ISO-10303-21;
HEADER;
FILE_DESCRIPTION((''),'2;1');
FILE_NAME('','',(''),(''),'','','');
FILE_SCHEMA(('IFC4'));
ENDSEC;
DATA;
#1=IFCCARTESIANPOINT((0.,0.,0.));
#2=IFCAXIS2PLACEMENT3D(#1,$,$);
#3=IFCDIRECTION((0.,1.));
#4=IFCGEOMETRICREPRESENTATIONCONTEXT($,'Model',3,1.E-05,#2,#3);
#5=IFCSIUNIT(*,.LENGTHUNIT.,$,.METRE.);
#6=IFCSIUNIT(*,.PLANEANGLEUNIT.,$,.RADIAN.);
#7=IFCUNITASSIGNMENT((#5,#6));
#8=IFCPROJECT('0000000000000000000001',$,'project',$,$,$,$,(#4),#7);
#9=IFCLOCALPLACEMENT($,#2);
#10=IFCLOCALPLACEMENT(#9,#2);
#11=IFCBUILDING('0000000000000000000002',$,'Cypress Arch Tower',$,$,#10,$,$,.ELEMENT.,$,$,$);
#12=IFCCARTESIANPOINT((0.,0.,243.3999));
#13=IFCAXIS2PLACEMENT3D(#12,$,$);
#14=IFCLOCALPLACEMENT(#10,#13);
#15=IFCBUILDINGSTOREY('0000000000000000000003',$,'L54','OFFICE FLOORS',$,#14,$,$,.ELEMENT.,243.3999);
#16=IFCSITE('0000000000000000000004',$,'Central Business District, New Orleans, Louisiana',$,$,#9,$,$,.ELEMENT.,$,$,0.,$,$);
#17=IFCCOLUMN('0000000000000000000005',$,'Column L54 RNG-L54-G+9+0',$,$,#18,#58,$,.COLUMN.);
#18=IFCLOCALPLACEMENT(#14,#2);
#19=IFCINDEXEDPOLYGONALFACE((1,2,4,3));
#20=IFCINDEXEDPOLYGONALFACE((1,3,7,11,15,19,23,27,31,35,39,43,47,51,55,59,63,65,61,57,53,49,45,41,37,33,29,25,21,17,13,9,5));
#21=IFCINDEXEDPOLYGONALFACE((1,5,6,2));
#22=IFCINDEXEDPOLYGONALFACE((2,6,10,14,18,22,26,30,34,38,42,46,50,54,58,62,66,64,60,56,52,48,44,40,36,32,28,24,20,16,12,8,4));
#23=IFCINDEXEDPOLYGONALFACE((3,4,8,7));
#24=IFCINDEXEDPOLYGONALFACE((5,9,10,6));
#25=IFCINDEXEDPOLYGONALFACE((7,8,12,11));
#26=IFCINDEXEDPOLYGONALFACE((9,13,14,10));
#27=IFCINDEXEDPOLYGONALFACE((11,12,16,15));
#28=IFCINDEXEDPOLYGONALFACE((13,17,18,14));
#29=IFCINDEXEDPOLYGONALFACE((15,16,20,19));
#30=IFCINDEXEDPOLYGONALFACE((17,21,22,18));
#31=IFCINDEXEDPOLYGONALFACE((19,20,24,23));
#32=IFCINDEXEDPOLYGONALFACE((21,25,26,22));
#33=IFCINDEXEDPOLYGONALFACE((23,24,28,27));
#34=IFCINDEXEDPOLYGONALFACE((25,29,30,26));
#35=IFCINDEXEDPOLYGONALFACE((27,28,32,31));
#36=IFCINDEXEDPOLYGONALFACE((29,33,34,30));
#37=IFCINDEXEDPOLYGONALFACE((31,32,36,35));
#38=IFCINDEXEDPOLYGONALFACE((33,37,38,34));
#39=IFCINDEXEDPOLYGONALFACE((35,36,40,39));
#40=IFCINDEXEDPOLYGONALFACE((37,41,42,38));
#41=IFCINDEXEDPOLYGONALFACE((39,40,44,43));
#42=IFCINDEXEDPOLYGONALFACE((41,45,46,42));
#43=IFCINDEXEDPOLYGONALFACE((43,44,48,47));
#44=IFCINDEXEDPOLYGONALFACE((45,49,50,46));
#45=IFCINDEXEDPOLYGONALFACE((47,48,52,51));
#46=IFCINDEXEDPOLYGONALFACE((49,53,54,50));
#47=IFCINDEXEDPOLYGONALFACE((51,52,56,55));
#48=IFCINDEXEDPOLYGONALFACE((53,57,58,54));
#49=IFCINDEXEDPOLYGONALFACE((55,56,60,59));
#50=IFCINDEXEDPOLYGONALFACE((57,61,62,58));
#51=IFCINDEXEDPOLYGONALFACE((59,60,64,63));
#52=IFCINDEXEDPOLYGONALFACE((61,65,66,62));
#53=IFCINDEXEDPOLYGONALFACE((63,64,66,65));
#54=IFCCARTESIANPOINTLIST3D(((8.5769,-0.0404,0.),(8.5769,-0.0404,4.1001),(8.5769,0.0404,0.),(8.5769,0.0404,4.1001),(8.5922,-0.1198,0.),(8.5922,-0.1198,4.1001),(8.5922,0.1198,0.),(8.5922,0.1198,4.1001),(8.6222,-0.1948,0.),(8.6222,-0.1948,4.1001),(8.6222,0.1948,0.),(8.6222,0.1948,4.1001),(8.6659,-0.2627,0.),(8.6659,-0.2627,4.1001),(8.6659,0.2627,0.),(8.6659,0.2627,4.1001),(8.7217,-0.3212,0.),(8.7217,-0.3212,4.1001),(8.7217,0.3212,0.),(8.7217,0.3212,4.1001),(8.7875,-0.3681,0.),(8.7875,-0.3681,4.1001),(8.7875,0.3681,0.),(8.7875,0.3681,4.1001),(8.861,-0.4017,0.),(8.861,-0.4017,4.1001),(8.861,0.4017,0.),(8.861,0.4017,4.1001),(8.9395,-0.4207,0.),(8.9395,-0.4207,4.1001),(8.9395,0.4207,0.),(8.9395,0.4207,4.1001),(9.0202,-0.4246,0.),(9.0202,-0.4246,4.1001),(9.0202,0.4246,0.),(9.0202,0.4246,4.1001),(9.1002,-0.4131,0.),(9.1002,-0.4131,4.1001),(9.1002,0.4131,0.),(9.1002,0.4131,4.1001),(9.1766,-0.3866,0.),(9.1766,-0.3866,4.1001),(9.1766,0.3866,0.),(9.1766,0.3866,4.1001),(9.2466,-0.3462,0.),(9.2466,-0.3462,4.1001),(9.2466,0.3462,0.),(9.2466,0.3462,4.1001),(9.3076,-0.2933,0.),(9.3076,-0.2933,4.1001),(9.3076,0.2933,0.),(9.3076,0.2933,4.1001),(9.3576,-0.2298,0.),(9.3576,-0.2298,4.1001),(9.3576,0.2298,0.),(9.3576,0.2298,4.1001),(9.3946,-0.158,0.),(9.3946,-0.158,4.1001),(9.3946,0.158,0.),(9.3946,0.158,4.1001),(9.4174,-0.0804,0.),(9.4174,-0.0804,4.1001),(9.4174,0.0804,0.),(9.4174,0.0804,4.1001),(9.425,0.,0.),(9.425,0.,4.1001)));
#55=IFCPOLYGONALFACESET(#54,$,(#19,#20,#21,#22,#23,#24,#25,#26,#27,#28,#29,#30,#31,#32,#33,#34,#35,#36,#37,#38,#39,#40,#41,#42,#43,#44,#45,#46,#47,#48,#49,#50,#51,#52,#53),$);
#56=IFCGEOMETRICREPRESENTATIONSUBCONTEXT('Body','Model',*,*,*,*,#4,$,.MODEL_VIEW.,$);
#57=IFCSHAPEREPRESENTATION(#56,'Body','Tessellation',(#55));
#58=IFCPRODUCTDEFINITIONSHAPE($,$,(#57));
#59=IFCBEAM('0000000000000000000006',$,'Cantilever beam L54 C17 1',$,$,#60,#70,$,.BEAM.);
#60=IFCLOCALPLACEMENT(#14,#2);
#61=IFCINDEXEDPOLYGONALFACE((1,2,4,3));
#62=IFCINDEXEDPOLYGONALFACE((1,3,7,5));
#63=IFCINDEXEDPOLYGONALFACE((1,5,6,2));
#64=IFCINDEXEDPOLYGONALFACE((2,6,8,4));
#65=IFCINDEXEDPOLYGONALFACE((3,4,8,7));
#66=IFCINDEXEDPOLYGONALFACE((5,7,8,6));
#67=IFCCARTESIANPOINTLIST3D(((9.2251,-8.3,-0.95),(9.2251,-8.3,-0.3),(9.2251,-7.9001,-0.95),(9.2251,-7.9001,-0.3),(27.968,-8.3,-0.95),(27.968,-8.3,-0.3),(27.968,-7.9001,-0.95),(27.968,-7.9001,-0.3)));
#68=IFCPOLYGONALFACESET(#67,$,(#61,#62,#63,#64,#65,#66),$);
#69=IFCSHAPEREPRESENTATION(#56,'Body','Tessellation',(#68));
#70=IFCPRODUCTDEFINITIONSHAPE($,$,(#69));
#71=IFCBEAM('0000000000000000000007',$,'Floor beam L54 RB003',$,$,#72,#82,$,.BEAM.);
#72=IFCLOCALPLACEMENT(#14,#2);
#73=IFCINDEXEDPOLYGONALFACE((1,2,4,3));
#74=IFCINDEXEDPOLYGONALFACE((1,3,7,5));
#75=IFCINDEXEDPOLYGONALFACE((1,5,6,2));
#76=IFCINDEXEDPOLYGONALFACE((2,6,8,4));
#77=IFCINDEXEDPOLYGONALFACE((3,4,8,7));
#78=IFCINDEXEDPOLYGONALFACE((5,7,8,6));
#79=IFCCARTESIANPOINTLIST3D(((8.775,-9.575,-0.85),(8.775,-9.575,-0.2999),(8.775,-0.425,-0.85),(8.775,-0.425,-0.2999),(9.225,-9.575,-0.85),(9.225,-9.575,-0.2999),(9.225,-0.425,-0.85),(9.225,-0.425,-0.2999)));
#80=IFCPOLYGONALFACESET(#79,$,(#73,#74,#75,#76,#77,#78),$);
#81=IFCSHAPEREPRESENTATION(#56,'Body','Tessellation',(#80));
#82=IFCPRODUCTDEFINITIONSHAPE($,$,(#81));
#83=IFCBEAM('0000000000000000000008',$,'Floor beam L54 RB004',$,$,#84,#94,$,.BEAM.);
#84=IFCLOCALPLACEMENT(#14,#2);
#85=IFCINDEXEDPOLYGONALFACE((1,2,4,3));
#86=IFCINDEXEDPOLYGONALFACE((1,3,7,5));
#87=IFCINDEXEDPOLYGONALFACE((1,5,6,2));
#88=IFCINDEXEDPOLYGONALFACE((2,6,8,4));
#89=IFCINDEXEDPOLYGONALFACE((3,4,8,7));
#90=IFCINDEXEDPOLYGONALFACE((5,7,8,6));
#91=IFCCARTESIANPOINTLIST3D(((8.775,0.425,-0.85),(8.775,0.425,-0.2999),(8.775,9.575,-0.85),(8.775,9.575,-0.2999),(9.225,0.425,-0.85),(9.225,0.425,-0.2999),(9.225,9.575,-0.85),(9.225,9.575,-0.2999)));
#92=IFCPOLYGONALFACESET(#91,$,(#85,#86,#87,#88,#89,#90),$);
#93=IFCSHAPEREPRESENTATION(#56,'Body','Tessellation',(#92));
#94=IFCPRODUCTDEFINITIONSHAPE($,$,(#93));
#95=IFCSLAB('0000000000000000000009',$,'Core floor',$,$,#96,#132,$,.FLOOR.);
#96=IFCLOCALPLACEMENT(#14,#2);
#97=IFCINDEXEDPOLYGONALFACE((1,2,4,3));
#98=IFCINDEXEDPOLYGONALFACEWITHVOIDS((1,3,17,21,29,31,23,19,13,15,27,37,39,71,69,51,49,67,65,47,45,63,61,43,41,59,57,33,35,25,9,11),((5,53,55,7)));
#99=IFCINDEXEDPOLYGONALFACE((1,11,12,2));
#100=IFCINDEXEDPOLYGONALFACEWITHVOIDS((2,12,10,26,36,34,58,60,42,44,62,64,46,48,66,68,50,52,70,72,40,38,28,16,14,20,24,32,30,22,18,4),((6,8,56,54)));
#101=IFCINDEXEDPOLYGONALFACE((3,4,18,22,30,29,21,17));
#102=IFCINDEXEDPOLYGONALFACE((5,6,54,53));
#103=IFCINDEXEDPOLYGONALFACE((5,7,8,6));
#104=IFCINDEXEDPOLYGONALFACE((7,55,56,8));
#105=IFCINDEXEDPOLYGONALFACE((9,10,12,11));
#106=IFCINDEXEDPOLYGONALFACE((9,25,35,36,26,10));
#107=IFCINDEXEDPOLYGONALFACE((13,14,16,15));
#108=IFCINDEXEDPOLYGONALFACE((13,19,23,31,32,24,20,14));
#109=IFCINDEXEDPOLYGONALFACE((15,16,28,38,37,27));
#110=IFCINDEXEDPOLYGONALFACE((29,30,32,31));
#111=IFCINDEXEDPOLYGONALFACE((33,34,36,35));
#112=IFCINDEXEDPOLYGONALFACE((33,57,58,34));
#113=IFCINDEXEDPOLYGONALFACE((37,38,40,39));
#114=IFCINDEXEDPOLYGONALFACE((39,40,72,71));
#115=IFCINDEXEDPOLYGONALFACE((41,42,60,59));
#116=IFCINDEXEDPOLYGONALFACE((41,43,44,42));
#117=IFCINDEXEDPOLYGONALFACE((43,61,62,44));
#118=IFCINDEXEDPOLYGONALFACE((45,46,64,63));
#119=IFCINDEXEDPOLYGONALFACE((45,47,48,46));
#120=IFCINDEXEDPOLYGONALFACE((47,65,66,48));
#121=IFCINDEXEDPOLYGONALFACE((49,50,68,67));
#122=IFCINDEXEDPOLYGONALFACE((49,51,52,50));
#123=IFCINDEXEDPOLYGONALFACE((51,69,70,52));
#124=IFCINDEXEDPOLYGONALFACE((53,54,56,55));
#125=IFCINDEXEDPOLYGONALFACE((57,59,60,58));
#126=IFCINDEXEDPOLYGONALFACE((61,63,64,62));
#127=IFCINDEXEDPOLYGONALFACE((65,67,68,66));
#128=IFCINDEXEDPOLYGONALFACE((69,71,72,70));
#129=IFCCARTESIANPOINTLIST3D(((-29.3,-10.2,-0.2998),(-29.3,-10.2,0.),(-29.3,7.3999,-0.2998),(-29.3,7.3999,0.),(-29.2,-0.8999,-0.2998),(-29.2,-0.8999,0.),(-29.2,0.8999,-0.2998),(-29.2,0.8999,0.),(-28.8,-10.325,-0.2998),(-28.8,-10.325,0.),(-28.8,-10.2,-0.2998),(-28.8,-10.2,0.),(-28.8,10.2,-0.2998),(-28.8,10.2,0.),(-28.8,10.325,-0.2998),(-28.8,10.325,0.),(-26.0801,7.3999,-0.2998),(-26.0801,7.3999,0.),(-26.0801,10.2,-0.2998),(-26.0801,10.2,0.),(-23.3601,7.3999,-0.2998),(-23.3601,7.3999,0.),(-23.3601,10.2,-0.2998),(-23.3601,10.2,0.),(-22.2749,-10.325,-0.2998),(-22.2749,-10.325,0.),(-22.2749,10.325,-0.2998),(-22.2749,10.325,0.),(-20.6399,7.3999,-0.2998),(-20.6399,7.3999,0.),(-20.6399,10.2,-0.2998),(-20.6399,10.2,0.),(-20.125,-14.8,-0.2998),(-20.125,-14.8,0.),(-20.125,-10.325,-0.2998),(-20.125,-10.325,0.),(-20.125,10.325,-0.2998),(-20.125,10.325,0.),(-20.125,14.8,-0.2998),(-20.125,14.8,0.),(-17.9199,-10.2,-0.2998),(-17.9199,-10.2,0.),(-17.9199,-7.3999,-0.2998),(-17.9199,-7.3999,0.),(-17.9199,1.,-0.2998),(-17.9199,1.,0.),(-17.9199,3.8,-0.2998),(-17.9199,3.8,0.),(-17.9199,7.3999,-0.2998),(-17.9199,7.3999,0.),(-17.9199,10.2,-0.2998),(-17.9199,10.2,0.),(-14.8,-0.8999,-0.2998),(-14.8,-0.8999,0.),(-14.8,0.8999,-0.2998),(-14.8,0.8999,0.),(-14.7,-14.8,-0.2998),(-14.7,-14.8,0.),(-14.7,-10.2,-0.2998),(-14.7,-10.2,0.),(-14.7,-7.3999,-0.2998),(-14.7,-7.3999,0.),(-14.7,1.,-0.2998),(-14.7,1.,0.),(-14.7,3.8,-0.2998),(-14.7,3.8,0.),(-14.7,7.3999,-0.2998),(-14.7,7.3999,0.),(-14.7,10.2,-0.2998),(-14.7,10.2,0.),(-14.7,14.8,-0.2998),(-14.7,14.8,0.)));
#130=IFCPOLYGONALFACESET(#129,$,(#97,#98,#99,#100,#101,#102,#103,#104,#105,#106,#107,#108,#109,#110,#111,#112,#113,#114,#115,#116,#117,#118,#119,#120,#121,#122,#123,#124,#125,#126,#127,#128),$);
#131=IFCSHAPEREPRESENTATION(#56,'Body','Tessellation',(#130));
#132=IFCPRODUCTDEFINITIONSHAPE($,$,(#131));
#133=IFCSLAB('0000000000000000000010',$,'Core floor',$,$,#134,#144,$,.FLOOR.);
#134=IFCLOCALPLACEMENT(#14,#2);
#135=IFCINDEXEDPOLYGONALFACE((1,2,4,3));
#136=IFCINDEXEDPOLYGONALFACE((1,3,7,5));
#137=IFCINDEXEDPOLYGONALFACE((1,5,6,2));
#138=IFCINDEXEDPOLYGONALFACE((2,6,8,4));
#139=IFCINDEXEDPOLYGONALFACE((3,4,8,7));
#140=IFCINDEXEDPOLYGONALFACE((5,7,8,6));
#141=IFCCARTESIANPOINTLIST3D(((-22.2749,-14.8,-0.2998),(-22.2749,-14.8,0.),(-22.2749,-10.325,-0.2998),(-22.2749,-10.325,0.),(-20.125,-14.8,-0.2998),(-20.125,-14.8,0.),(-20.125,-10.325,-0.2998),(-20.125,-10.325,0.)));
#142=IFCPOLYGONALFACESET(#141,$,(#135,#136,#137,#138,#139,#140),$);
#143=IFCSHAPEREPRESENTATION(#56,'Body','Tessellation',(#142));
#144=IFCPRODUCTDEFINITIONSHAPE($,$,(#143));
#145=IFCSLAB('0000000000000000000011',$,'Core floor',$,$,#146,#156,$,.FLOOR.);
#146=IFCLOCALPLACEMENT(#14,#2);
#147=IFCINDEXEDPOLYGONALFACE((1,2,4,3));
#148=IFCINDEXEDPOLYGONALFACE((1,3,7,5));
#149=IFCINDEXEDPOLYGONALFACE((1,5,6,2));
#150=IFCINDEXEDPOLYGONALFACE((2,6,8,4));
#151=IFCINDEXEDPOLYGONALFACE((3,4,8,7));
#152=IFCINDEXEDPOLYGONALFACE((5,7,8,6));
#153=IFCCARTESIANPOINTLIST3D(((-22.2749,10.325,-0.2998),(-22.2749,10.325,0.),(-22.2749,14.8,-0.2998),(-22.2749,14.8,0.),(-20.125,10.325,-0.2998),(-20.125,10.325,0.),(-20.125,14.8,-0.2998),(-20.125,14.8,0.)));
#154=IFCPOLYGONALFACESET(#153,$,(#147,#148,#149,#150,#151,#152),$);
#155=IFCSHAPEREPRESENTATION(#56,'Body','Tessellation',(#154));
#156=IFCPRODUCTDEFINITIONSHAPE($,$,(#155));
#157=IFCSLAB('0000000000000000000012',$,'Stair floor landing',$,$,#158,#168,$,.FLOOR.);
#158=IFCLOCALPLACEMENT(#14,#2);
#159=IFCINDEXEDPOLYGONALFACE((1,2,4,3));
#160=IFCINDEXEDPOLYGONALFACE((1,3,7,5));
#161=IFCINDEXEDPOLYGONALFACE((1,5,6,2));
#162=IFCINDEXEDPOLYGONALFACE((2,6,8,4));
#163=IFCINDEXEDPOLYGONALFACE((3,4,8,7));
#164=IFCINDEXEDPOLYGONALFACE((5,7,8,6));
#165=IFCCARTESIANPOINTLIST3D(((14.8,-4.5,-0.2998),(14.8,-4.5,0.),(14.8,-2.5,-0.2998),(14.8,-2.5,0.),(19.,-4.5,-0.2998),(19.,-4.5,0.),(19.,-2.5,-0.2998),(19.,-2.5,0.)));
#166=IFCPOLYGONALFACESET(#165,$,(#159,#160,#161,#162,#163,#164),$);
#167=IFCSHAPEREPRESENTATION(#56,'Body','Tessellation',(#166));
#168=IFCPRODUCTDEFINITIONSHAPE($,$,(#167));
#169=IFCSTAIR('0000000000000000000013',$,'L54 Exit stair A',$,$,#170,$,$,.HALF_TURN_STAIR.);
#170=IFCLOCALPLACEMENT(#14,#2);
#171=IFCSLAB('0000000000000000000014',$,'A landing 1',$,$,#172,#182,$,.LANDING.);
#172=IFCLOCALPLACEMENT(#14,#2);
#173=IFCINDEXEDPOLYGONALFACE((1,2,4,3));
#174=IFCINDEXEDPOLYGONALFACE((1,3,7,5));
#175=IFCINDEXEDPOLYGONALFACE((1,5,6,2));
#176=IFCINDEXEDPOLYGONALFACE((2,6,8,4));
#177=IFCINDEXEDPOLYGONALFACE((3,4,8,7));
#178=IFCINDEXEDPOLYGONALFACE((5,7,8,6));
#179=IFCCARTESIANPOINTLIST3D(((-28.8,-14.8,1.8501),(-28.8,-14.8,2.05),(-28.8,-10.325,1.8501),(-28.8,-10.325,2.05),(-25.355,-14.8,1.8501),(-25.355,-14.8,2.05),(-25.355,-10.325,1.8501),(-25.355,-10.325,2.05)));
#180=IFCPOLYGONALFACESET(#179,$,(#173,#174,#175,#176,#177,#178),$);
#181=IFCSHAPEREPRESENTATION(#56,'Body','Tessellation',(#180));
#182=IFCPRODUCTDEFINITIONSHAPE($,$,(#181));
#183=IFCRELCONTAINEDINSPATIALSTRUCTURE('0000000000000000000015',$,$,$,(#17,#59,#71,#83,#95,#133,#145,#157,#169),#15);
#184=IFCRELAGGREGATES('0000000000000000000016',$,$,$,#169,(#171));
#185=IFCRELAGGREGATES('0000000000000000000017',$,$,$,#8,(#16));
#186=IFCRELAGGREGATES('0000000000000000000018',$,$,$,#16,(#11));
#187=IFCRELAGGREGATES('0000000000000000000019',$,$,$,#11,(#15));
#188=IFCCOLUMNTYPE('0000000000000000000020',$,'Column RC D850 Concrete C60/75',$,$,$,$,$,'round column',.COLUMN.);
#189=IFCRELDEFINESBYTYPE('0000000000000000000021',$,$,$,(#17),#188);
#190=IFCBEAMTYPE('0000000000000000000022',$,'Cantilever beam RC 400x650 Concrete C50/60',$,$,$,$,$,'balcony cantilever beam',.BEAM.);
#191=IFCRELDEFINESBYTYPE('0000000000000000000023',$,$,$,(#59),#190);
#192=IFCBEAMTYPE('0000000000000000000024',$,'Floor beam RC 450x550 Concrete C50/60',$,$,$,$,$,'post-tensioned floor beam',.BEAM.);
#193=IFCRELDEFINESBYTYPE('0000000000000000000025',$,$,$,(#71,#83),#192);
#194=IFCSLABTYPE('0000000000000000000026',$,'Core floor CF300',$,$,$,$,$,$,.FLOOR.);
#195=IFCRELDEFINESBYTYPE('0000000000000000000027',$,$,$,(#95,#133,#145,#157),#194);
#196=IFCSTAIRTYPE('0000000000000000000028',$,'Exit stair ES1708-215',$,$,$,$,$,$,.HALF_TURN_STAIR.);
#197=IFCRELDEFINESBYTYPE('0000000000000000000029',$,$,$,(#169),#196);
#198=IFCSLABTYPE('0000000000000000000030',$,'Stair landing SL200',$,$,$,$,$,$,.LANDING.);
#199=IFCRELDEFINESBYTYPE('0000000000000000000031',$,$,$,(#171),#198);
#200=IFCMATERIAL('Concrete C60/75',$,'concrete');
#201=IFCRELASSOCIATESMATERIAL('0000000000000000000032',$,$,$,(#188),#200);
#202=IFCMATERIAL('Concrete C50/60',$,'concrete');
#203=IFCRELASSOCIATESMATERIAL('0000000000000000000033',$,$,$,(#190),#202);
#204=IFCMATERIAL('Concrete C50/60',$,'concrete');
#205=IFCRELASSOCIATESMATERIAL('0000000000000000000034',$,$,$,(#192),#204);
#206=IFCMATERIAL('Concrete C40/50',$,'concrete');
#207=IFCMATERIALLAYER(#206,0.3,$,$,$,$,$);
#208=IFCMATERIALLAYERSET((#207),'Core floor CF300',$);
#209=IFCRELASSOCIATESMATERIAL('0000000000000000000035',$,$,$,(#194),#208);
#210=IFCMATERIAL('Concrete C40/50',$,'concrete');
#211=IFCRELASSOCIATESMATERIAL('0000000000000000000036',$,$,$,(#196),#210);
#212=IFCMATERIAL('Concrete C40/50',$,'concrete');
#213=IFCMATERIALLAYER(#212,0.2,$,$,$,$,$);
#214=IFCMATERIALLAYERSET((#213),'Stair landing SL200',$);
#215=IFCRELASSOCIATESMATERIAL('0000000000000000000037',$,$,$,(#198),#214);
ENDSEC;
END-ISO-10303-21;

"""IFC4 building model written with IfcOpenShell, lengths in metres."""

from ifc_helpers import new_model, si_unit, direction, frame, origin, origin_2d, place, context, subcontext, project, spatial, polyline, rectangle, circle, outline, extrude, material, layer, layer_set, material_profile, profile_set, type_object, element, aggregate, save


model = new_model("IFC4")

# Units and contexts
model_context = context("Model", 3, precision=1e-05, world=origin(), true_north=direction((0.0, 1.0)))
body_context = subcontext(model_context, "Body", "Model", "MODEL_VIEW")
ifc_project = project(units=[si_unit("LENGTHUNIT", "METRE"), si_unit("PLANEANGLEUNIT", "RADIAN")], contexts=[model_context])

# Site, building, storey
site_placement = place(None, origin())
site = spatial("IfcSite", under=ifc_project, at=site_placement, Name="Central Business District, New Orleans, Louisiana", CompositionType="ELEMENT", RefElevation=0.0)
building_placement = place(site_placement, origin())
building = spatial("IfcBuilding", under=site, at=building_placement, Name="Cypress Arch Tower", CompositionType="ELEMENT")
storey_placement = place(building_placement, frame((0.0, 0.0, 243.3999)))
storey = spatial("IfcBuildingStorey", under=building, at=storey_placement, Name="L54", Description="OFFICE FLOORS", CompositionType="ELEMENT", Elevation=243.3999)

# Column
ifc_material_1 = material(Name="Concrete C60/75", Category="concrete")
ifc_material_profile_1 = material_profile(ifc_material_1, circle(Radius=0.425, at=origin_2d()), Name="RC D850")
ifc_profile_set_1 = profile_set([ifc_material_profile_1], Name="Concrete C60/75")
column_type = type_object("IfcColumnType", Name="Column RC D850 Concrete C60/75", ElementType="round column", PredefinedType="COLUMN", material=ifc_profile_set_1)
column_placement = place(storey_placement, frame((9.0, 0.0, 0.0), z_axis=(0.0, 0.0, 1.0), x_axis=(1.0, 0.0, 0.0)))
element("IfcColumn", 1, at=column_placement, inside=storey, type_object=column_type, Name="Column L54 RNG-L54-G+9+0", PredefinedType="COLUMN", context=body_context, shape_type="SweptSolid", body=[
    extrude(circle(Radius=0.425, at=origin_2d()), origin(), (0.0, 0.0, 1.0), 4.1001),
])

# Beams
ifc_material_2 = material(Name="Concrete C50/60", Category="concrete")
ifc_material_profile_2 = material_profile(ifc_material_2, rectangle(XDim=0.3999, YDim=0.6499, at=origin_2d()), Name="RC 400x650")
ifc_profile_set_2 = profile_set([ifc_material_profile_2], Name="Concrete C50/60")
beam_type_1 = type_object("IfcBeamType", Name="Cantilever beam RC 400x650 Concrete C50/60", ElementType="balcony cantilever beam", PredefinedType="BEAM", material=ifc_profile_set_2)
beam_placement = place(storey_placement, frame((9.2251, -8.1001, -0.625), z_axis=(1.0, 0.0, 0.0), x_axis=(0.0, 1.0, 0.0)))
element("IfcBeam", 2, at=beam_placement, inside=storey, type_object=beam_type_1, Name="Cantilever beam L54 C17 1", PredefinedType="BEAM", context=body_context, shape_type="SweptSolid", body=[
    extrude(rectangle(XDim=0.3999, YDim=0.6499, at=origin_2d()), origin(), (0.0, 0.0, 1.0), 18.7429),
])
ifc_material_3 = material(Name="Concrete C50/60", Category="concrete")
ifc_material_profile_3 = material_profile(ifc_material_3, rectangle(XDim=0.45, YDim=0.55, at=origin_2d()), Name="RC 450x550")
ifc_profile_set_3 = profile_set([ifc_material_profile_3], Name="Concrete C50/60")
beam_type_2 = type_object("IfcBeamType", Name="Floor beam RC 450x550 Concrete C50/60", ElementType="post-tensioned floor beam", PredefinedType="BEAM", material=ifc_profile_set_3)
for number, where, z_axis, x_axis, name in (
    (3, (9.0, -9.575, -0.575), (0.0, 1.0, 0.0), (-1.0, 0.0, 0.0), "Floor beam L54 RB003"),
    (4, (9.0, 0.425, -0.575), (0.0, 1.0, 0.0), (-1.0, 0.0, 0.0), "Floor beam L54 RB004"),
):
    element("IfcBeam", number, at=place(storey_placement, frame(where, z_axis=z_axis, x_axis=x_axis)), inside=storey, type_object=beam_type_2, Name=name, PredefinedType="BEAM", context=body_context, shape_type="SweptSolid", body=[
        extrude(rectangle(XDim=0.45, YDim=0.55, at=origin_2d()), origin(), (0.0, 0.0, 1.0), 9.1499),
    ])

# Slabs
ifc_material_4 = material(Name="Concrete C40/50", Category="concrete")
ifc_layer_1 = layer(ifc_material_4, 0.3)
ifc_layer_set_1 = layer_set([ifc_layer_1], Name="Core floor CF300")
slab_type_1 = type_object("IfcSlabType", Name="Core floor CF300", PredefinedType="FLOOR", material=ifc_layer_set_1)
slab_1_placement = place(storey_placement, frame((0.0, 0.0, -0.2998)))
element("IfcSlab", 5, at=slab_1_placement, inside=storey, type_object=slab_type_1, Name="Core floor", PredefinedType="FLOOR", context=body_context, shape_type="SweptSolid", body=[
    extrude(outline(polyline([(-20.125, -10.325), (-22.2749, -10.325), (-28.8, -10.325), (-28.8, -10.2), (-29.3, -10.2), (-29.3, 7.3999), (-26.0801, 7.3999), (-23.3601, 7.3999), (-20.6399, 7.3999), (-20.6399, 10.2), (-23.3601, 10.2), (-26.0801, 10.2), (-28.8, 10.2), (-28.8, 10.325), (-22.2749, 10.325), (-20.125, 10.325), (-20.125, 14.8), (-14.7, 14.8), (-14.7, 10.2), (-17.9199, 10.2), (-17.9199, 7.3999), (-14.7, 7.3999), (-14.7, 3.8), (-17.9199, 3.8), (-17.9199, 1.0), (-14.7, 1.0), (-14.7, -7.3999), (-17.9199, -7.3999), (-17.9199, -10.2), (-14.7, -10.2), (-14.7, -14.8), (-20.125, -14.8), (-20.125, -10.325)]), holes=[polyline([(-29.2, -0.8999), (-14.8, -0.8999), (-14.8, 0.8999), (-29.2, 0.8999), (-29.2, -0.8999)])]), origin(), (0.0, 0.0, 1.0), 0.2998),
])
slab_2_placement = place(storey_placement, frame((0.0, 0.0, -0.2998)))
element("IfcSlab", 6, at=slab_2_placement, inside=storey, type_object=slab_type_1, Name="Core floor", PredefinedType="FLOOR", context=body_context, shape_type="SweptSolid", body=[
    extrude(outline(polyline([(-22.2749, -10.325), (-22.2749, -14.8), (-20.125, -14.8), (-20.125, -10.325), (-22.2749, -10.325)])), origin(), (0.0, 0.0, 1.0), 0.2998),
])
slab_3_placement = place(storey_placement, frame((0.0, 0.0, -0.2998)))
element("IfcSlab", 7, at=slab_3_placement, inside=storey, type_object=slab_type_1, Name="Core floor", PredefinedType="FLOOR", context=body_context, shape_type="SweptSolid", body=[
    extrude(outline(polyline([(-20.125, 14.8), (-22.2749, 14.8), (-22.2749, 10.325), (-20.125, 10.325), (-20.125, 14.8)])), origin(), (0.0, 0.0, 1.0), 0.2998),
])
slab_4_placement = place(storey_placement, frame((0.0, 0.0, -0.2998)))
element("IfcSlab", 8, at=slab_4_placement, inside=storey, type_object=slab_type_1, Name="Stair floor landing", PredefinedType="FLOOR", context=body_context, shape_type="SweptSolid", body=[
    extrude(outline(polyline([(19.0, -4.5), (19.0, -2.5), (14.8, -2.5), (14.8, -4.5), (19.0, -4.5)])), origin(), (0.0, 0.0, 1.0), 0.2998),
])

# Stair, slab
ifc_material_5 = material(Name="Concrete C40/50", Category="concrete")
stair_type_1 = type_object("IfcStairType", Name="Exit stair ES1708-215", PredefinedType="HALF_TURN_STAIR", material=ifc_material_5)
stair_1_placement = place(storey_placement, origin())
stair_1 = element("IfcStair", 9, at=stair_1_placement, inside=storey, type_object=stair_type_1, Name="L54 Exit stair A", PredefinedType="HALF_TURN_STAIR")
ifc_material_6 = material(Name="Concrete C40/50", Category="concrete")
ifc_layer_2 = layer(ifc_material_6, 0.2)
ifc_layer_set_2 = layer_set([ifc_layer_2], Name="Stair landing SL200")
slab_type_2 = type_object("IfcSlabType", Name="Stair landing SL200", PredefinedType="LANDING", material=ifc_layer_set_2)
slab_5_placement = place(storey_placement, frame((0.0, 0.0, 1.8501)))
slab_5 = element("IfcSlab", 10, at=slab_5_placement, type_object=slab_type_2, Name="A landing 1", PredefinedType="LANDING", context=body_context, shape_type="SweptSolid", body=[
    extrude(outline(polyline([(-25.355, -10.325), (-28.8, -10.325), (-28.8, -14.8), (-25.355, -14.8), (-25.355, -10.325)])), origin(), (0.0, 0.0, 1.0), 0.2),
])
aggregate(stair_1, [slab_5])

save(model, "model.ifc")
